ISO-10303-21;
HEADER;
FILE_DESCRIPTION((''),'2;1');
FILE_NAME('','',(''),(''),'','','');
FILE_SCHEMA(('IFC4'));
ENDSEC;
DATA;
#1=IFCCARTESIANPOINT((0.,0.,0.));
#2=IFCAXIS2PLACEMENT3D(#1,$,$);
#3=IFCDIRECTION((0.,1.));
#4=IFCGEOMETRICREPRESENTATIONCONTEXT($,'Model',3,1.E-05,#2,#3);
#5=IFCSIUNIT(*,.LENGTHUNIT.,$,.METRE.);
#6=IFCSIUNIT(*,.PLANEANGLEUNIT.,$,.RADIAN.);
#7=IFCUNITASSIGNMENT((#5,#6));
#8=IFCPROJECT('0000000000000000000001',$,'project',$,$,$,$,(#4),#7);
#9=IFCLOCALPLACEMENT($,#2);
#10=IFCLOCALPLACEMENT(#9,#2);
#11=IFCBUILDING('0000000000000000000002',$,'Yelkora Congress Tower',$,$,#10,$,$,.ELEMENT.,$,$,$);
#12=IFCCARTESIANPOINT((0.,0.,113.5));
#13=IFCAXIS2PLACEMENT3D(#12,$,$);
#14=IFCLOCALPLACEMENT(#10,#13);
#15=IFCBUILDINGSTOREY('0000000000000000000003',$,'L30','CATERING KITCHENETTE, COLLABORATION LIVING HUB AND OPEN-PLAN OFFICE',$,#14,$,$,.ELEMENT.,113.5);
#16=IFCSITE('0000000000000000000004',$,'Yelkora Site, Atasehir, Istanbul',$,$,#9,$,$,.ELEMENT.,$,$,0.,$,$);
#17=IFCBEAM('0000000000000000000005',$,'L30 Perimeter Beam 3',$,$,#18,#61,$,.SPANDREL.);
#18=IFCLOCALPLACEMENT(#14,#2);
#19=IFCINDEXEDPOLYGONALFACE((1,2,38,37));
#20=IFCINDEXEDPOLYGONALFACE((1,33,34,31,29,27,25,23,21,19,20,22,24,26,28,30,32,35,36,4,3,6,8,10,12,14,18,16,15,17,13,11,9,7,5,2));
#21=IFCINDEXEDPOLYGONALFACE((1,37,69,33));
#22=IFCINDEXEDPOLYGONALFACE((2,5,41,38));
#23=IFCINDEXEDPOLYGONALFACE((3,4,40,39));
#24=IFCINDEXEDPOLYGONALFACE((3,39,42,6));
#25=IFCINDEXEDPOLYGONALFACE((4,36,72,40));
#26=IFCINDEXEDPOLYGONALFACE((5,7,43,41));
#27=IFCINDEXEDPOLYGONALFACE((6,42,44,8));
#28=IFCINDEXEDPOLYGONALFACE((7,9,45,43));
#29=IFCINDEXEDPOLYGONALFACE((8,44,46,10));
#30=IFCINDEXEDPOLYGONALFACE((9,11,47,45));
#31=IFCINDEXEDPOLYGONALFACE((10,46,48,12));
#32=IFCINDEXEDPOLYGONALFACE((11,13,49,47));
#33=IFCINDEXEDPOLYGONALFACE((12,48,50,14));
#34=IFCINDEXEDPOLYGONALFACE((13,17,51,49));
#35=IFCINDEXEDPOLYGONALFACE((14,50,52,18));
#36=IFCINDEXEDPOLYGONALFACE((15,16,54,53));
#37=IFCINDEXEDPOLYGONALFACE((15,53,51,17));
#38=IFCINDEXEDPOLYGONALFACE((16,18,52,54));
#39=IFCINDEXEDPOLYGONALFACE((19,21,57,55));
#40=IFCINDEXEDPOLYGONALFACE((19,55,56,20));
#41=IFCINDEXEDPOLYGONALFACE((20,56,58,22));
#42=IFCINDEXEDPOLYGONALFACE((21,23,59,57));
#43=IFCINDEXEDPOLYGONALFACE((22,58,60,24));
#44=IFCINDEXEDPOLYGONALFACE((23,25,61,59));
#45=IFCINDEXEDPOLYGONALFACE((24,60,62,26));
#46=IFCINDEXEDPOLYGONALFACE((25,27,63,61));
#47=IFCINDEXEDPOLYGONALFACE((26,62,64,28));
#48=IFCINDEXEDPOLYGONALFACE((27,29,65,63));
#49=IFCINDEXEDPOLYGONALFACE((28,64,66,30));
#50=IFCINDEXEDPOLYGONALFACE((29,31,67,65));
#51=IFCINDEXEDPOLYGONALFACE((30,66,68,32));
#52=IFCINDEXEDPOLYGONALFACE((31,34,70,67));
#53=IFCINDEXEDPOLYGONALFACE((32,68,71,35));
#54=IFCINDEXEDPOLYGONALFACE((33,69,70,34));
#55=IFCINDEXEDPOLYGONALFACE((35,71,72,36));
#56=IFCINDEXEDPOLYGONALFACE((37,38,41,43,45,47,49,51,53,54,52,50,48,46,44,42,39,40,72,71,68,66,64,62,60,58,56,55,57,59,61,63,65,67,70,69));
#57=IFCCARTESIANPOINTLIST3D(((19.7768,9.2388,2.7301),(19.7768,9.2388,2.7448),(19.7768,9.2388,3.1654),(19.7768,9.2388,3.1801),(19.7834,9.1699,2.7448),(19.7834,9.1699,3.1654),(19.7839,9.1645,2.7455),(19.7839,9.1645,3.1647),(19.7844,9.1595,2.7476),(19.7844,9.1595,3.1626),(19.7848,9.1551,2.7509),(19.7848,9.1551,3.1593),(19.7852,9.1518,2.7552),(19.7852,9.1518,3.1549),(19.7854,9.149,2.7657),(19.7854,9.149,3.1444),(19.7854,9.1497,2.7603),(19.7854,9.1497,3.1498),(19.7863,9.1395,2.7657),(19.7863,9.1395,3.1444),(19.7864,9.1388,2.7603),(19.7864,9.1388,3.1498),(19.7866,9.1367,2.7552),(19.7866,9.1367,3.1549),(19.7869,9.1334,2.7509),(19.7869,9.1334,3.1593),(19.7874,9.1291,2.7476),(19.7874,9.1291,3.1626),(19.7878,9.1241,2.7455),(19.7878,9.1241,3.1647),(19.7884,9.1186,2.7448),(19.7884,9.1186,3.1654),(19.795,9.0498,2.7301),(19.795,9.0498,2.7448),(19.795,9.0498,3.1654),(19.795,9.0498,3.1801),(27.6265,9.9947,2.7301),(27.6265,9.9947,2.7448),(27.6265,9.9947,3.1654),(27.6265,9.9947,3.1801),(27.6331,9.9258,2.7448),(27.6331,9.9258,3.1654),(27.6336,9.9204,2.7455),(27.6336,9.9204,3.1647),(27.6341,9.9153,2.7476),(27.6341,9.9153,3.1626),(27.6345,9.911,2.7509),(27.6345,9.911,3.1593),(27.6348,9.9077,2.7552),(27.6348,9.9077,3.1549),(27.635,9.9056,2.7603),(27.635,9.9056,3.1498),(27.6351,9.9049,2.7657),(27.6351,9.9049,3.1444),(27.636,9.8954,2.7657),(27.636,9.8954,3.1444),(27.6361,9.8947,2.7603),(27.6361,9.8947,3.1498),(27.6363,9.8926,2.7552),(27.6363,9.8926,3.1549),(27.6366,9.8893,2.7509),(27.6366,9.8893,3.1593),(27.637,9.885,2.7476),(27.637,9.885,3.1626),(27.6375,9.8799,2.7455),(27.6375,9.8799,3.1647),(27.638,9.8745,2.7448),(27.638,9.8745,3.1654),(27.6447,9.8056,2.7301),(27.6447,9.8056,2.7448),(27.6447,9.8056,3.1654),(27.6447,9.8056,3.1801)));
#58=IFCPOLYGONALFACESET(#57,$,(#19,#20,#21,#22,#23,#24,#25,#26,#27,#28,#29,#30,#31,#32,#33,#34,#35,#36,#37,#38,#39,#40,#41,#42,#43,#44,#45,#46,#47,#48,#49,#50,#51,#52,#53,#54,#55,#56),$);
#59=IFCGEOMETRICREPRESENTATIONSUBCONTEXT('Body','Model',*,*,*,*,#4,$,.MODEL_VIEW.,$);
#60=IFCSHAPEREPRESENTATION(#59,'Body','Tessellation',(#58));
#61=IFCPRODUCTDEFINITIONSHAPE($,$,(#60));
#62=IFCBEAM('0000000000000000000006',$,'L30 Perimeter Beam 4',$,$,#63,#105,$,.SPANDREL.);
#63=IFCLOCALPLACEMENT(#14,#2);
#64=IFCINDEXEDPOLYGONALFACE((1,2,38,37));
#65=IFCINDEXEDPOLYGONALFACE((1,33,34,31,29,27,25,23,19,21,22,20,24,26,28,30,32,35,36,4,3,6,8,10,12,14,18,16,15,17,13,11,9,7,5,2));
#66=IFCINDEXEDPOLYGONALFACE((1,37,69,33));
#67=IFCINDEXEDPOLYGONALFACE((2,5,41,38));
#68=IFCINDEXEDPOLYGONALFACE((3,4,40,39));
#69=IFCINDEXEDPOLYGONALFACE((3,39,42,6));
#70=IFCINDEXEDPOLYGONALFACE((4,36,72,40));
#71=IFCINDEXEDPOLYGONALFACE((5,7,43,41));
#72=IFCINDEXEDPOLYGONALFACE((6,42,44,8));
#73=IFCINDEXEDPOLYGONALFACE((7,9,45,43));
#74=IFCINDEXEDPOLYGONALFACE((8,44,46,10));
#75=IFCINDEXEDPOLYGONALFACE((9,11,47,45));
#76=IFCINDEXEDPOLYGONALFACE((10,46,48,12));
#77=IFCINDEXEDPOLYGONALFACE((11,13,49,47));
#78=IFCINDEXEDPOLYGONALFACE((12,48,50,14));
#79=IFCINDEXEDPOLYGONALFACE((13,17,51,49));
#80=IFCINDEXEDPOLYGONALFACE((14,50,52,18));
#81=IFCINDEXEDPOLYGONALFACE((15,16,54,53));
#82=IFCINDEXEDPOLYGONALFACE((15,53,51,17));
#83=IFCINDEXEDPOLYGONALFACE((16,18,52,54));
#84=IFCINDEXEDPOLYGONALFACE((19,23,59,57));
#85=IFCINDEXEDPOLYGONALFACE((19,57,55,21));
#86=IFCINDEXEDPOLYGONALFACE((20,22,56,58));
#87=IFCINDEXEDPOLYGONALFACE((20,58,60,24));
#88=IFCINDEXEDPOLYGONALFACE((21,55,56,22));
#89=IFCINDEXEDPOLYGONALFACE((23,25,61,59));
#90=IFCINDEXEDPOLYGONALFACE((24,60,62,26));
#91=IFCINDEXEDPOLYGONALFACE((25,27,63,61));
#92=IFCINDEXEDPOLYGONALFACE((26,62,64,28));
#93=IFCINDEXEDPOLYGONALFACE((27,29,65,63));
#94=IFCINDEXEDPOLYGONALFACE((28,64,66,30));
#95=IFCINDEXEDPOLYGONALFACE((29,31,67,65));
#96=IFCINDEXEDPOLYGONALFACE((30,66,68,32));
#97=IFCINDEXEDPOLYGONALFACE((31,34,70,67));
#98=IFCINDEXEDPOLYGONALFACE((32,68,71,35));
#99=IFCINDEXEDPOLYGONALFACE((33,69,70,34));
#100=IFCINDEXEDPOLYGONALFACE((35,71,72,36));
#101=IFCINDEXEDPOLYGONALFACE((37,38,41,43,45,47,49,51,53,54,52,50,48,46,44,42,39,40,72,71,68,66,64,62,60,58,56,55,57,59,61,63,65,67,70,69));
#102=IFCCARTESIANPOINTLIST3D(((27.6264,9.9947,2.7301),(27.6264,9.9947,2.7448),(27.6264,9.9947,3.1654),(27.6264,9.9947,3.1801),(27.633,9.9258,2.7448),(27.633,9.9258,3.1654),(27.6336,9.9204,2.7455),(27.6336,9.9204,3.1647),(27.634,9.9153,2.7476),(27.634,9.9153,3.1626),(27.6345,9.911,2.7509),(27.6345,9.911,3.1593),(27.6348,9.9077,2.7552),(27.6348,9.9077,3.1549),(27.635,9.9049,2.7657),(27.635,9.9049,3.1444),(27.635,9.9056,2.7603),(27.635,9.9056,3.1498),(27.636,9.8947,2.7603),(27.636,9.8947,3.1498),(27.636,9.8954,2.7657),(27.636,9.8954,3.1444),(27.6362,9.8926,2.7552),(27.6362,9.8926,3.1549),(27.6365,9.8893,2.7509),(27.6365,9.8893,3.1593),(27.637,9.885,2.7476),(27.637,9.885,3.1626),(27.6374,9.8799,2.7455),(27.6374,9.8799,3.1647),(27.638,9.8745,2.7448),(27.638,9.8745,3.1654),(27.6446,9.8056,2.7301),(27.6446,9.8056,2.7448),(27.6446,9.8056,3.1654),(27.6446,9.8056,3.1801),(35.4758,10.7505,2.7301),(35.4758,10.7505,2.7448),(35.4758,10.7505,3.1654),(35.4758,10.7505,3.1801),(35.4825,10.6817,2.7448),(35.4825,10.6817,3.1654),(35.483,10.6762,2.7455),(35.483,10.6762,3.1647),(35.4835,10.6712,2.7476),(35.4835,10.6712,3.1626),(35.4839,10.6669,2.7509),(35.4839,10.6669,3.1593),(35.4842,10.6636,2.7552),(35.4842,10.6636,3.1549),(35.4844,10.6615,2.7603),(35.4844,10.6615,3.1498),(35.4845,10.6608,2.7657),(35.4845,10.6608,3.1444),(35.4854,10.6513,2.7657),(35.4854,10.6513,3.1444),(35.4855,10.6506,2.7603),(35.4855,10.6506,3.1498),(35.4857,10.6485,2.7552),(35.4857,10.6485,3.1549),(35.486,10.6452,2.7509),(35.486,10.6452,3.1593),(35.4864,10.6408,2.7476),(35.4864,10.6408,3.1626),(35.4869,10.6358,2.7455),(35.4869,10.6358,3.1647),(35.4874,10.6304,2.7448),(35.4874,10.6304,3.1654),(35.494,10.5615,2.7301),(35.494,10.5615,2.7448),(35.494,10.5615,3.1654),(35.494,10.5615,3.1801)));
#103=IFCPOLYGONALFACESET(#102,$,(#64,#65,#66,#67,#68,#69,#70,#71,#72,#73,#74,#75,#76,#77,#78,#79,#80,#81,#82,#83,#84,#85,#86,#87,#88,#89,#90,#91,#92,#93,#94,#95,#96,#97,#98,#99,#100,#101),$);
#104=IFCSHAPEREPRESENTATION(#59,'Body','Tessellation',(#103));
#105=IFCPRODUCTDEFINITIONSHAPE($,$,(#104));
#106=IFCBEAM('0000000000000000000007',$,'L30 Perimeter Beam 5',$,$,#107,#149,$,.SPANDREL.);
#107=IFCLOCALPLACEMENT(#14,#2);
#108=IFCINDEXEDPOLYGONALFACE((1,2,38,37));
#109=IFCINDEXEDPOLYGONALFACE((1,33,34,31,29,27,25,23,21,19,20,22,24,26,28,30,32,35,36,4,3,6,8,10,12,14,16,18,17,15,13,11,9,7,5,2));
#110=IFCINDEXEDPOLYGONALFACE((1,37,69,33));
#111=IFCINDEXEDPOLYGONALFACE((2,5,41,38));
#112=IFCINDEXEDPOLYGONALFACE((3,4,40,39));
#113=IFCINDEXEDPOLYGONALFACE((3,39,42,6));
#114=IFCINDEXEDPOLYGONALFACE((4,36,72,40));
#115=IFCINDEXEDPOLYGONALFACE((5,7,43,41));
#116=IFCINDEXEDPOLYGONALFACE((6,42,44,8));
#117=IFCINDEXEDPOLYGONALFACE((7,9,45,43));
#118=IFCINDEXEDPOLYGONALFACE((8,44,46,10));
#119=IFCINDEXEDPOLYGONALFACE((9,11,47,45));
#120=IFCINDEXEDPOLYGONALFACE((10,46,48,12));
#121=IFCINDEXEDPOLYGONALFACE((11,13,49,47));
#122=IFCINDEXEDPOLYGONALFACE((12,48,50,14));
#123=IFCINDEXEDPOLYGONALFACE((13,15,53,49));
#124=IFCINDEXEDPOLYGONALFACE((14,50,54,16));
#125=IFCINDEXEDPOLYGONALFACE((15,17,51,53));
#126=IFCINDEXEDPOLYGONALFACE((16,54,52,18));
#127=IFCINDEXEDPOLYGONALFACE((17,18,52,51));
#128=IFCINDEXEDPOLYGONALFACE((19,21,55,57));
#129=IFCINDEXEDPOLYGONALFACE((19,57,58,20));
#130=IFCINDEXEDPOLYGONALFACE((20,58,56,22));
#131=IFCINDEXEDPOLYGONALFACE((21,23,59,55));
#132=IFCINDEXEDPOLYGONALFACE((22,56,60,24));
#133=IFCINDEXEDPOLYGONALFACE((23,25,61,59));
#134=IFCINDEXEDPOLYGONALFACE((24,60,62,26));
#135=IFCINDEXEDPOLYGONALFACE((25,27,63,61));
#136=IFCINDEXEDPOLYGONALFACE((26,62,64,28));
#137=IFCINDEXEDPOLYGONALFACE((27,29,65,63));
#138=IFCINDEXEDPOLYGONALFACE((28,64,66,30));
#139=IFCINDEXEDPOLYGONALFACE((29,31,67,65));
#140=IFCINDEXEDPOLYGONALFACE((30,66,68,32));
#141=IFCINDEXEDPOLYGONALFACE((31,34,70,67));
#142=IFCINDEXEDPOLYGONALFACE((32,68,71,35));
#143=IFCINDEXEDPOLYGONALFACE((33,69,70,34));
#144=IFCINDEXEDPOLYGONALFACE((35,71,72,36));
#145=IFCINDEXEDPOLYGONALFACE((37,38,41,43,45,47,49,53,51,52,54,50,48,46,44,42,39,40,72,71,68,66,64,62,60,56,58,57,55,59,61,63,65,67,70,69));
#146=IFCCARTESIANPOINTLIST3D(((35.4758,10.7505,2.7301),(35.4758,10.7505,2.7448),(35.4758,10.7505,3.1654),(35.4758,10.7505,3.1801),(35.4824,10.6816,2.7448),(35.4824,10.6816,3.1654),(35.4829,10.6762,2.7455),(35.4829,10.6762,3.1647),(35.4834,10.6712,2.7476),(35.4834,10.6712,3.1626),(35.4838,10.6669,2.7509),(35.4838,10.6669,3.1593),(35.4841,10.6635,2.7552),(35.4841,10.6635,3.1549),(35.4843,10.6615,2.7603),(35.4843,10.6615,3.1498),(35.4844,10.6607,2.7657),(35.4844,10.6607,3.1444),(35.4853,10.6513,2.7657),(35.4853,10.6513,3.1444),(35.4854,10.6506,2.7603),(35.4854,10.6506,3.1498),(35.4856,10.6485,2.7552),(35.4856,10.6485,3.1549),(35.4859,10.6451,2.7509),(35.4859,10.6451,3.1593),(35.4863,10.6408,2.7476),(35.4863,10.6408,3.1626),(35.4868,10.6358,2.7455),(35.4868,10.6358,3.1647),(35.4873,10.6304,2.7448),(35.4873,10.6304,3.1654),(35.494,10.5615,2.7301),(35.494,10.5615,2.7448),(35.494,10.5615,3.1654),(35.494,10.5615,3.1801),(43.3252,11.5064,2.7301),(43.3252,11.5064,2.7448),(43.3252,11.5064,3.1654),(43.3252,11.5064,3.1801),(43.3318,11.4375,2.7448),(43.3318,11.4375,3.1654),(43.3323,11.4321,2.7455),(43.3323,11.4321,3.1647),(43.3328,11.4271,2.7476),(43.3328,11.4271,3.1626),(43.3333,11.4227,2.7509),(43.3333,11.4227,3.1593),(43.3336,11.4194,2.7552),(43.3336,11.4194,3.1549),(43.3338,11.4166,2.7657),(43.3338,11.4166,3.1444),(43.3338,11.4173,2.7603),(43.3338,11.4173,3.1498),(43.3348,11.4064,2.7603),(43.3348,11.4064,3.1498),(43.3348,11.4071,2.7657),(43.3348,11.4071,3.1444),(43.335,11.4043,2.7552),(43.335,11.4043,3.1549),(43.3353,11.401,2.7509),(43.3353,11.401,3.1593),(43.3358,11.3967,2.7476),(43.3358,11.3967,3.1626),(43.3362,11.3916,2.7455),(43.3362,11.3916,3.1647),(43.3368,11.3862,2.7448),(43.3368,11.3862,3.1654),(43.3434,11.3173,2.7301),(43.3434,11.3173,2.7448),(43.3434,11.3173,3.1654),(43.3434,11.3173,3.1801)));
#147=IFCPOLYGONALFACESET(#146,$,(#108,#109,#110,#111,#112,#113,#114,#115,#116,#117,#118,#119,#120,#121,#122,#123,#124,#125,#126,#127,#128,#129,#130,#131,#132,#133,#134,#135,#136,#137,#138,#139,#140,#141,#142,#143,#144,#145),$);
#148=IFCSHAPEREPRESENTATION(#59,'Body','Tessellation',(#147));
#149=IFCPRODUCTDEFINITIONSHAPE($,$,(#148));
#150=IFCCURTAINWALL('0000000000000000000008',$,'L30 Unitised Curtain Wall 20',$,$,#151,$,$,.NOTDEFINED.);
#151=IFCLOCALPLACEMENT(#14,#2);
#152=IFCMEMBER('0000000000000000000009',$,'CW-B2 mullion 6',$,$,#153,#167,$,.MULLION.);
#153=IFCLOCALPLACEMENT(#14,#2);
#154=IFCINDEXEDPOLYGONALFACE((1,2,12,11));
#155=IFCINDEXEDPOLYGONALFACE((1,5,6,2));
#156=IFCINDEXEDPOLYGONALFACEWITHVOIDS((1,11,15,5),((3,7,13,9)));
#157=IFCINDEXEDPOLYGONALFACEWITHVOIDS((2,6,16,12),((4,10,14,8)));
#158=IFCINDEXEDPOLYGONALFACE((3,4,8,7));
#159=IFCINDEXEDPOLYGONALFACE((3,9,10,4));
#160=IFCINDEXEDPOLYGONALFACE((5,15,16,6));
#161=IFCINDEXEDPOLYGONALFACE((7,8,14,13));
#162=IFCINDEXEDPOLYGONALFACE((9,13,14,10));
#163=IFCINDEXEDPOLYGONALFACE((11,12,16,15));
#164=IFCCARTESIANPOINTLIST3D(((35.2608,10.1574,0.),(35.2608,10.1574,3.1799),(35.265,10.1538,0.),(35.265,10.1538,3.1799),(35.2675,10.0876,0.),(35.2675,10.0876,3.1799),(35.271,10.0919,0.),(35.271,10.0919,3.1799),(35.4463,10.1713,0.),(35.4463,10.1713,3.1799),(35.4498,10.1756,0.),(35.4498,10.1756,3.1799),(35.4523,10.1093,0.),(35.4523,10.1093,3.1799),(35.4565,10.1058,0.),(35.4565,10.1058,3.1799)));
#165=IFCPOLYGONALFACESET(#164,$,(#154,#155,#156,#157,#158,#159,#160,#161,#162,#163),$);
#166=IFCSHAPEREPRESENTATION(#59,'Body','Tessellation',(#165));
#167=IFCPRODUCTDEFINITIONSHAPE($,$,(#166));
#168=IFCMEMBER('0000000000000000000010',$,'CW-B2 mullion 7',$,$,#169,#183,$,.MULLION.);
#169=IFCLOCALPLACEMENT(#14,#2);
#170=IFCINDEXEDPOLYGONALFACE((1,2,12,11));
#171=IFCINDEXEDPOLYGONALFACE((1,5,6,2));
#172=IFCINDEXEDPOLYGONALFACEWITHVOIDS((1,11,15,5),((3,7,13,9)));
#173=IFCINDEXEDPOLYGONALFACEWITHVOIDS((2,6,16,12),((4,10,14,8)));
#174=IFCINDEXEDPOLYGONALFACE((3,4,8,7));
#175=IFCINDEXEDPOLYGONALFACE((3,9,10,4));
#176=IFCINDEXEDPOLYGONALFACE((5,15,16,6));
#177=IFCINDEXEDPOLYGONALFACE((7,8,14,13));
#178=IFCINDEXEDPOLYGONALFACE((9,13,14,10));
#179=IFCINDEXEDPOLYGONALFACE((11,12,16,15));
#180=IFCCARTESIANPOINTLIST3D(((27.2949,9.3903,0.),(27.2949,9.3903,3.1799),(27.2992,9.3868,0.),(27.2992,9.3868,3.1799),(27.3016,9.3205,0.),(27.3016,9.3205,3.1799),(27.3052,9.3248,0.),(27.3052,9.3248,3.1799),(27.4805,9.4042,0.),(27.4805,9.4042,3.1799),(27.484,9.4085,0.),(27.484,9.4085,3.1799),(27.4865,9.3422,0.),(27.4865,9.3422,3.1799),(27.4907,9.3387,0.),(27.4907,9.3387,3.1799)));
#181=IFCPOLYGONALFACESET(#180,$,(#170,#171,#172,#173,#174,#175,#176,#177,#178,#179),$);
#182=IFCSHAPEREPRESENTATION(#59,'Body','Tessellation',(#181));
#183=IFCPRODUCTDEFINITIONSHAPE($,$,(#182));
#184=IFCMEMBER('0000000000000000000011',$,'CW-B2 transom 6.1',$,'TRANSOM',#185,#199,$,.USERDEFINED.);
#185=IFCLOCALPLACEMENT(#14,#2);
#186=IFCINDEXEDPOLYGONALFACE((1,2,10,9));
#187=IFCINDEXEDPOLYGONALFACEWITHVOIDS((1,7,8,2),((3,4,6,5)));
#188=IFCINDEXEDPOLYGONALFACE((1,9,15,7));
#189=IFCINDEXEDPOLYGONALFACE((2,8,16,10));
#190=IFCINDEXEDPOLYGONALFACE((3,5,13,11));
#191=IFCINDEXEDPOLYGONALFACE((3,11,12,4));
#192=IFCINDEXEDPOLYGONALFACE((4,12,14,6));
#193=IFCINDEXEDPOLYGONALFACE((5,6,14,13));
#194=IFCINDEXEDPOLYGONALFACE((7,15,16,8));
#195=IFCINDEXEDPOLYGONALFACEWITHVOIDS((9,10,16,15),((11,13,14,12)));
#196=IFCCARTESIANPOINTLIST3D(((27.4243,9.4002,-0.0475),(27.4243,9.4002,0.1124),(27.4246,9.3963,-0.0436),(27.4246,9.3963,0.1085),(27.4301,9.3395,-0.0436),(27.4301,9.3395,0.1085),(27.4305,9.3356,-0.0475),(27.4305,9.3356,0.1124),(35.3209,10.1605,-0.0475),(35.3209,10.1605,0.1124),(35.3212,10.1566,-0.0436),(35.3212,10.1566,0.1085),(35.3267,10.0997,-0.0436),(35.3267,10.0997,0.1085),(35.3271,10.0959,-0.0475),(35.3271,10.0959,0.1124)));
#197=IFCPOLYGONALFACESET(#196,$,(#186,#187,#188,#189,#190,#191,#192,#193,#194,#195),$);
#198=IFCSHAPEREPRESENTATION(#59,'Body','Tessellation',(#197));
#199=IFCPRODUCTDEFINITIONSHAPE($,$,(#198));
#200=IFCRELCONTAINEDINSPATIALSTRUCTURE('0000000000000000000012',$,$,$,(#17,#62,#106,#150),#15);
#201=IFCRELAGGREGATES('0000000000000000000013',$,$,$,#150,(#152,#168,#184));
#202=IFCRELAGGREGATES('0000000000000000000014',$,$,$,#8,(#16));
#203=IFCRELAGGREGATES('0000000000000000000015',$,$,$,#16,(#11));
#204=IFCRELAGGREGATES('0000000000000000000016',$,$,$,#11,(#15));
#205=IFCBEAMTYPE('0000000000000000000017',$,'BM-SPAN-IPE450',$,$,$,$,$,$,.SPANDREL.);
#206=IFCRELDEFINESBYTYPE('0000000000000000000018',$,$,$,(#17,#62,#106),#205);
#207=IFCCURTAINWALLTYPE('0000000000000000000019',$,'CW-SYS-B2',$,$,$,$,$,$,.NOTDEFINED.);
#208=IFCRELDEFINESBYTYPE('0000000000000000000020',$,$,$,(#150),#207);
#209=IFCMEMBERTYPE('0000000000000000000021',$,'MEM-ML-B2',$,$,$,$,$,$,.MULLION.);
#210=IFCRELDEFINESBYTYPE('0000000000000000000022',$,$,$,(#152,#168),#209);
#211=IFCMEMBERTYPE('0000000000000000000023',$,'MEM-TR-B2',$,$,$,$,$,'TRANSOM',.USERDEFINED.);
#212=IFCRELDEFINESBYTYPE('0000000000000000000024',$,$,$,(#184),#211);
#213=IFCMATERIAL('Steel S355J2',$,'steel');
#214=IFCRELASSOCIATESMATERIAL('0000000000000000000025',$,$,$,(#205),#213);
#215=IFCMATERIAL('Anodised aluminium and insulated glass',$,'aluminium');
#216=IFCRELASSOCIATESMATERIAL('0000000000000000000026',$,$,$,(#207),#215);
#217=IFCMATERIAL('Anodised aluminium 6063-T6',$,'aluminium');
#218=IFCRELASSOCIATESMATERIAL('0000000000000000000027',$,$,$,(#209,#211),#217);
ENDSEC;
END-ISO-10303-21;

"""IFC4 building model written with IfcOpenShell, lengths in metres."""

from ifc_helpers import new_model, si_unit, direction, frame, origin, origin_2d, place, context, subcontext, project, spatial, hollow_rectangle, i_section, extrude, material, material_profile, profile_set, type_object, element, aggregate, save


model = new_model("IFC4")

# Units and contexts
model_context = context("Model", 3, precision=1e-05, world=origin(), true_north=direction((0.0, 1.0)))
body_context = subcontext(model_context, "Body", "Model", "MODEL_VIEW")
ifc_project = project(units=[si_unit("LENGTHUNIT", "METRE"), si_unit("PLANEANGLEUNIT", "RADIAN")], contexts=[model_context])

# Site, building, storey
site_placement = place(None, origin())
site = spatial("IfcSite", under=ifc_project, at=site_placement, Name="Yelkora Site, Atasehir, Istanbul", CompositionType="ELEMENT", RefElevation=0.0)
building_placement = place(site_placement, origin())
building = spatial("IfcBuilding", under=site, at=building_placement, Name="Yelkora Congress Tower", CompositionType="ELEMENT")
storey_placement = place(building_placement, frame((0.0, 0.0, 113.5)))
storey = spatial("IfcBuildingStorey", under=building, at=storey_placement, Name="L30", Description="CATERING KITCHENETTE, COLLABORATION LIVING HUB AND OPEN-PLAN OFFICE", CompositionType="ELEMENT", Elevation=113.5)

# Beams
ifc_material_1 = material(Name="Steel S355J2", Category="steel")
ifc_material_profile_1 = material_profile(ifc_material_1, i_section(OverallWidth=0.1899, OverallDepth=0.45, WebThickness=0.0095, FlangeThickness=0.0146, FilletRadius=0.021, at=origin_2d()), Name="IPE 450")
ifc_profile_set_1 = profile_set([ifc_material_profile_1], Name="Steel S355J2")
beam_type_1 = type_object("IfcBeamType", Name="BM-SPAN-IPE450", PredefinedType="SPANDREL", material=ifc_profile_set_1)
beam_1_placement = place(storey_placement, frame((19.7859, 9.1443, 2.9551), z_axis=(0.995396, 0.095849, 0.0), x_axis=(-0.095849, 0.995396, 0.0)))
element("IfcBeam", 1, at=beam_1_placement, inside=storey, type_object=beam_type_1, Name="L30 Perimeter Beam 3", PredefinedType="SPANDREL", context=body_context, shape_type="SweptSolid", body=[
    extrude(i_section(OverallWidth=0.1899, OverallDepth=0.45, WebThickness=0.0095, FlangeThickness=0.0146, FilletRadius=0.021, at=origin_2d()), origin(), (0.0, 0.0, 1.0), 7.886),
])
for number, where, z_axis, x_axis, name in (
    (2, (27.6355, 9.9001, 2.9551), (0.995396, 0.095852, 0.0), (-0.095852, 0.995396, 0.0), "L30 Perimeter Beam 4"),
    (3, (35.4849, 10.656, 2.9551), (0.995396, 0.095852, 0.0), (-0.095852, 0.995396, 0.0), "L30 Perimeter Beam 5"),
):
    element("IfcBeam", number, at=place(storey_placement, frame(where, z_axis=z_axis, x_axis=x_axis)), inside=storey, type_object=beam_type_1, Name=name, PredefinedType="SPANDREL", context=body_context, shape_type="SweptSolid", body=[
        extrude(i_section(OverallWidth=0.1899, OverallDepth=0.45, WebThickness=0.0095, FlangeThickness=0.0146, FilletRadius=0.021, at=origin_2d()), origin(), (0.0, 0.0, 1.0), 7.8857),
    ])

# Curtain wall, members
ifc_material_2 = material(Name="Anodised aluminium and insulated glass", Category="aluminium")
curtain_wall_type = type_object("IfcCurtainWallType", Name="CW-SYS-B2", PredefinedType="NOTDEFINED", material=ifc_material_2)
curtain_wall_placement = place(storey_placement, origin())
curtain_wall = element("IfcCurtainWall", 4, at=curtain_wall_placement, inside=storey, type_object=curtain_wall_type, Name="L30 Unitised Curtain Wall 20", PredefinedType="NOTDEFINED")
ifc_material_3 = material(Name="Anodised aluminium 6063-T6", Category="aluminium")
ifc_material_profile_2 = material_profile(ifc_material_3, hollow_rectangle(XDim=0.0701, YDim=0.1899, WallThickness=0.0039, at=origin_2d()), Name="ALU 70x190x4")
ifc_profile_set_2 = profile_set([ifc_material_profile_2], Name="Anodised aluminium 6063-T6")
member_type_1 = type_object("IfcMemberType", Name="MEM-ML-B2", PredefinedType="MULLION", material=ifc_profile_set_2)
member_1_placement = place(storey_placement, frame((35.3586, 10.1316, 0.0), z_axis=(0.0, 0.0, 1.0), x_axis=(0.095844, -0.995396, 0.0)))
member_1 = element("IfcMember", 5, at=member_1_placement, type_object=member_type_1, Name="CW-B2 mullion 6", PredefinedType="MULLION", context=body_context, shape_type="SweptSolid", body=[
    extrude(hollow_rectangle(XDim=0.0701, YDim=0.1899, WallThickness=0.0039, at=origin_2d()), origin(), (0.0, 0.0, 1.0), 3.1799),
])
member_2_placement = place(storey_placement, frame((27.3928, 9.3645, 0.0), z_axis=(0.0, 0.0, 1.0), x_axis=(0.095844, -0.995396, 0.0)))
member_2 = element("IfcMember", 6, at=member_2_placement, type_object=member_type_1, Name="CW-B2 mullion 7", PredefinedType="MULLION", context=body_context, shape_type="SweptSolid", body=[
    extrude(hollow_rectangle(XDim=0.0701, YDim=0.1899, WallThickness=0.0039, at=origin_2d()), origin(), (0.0, 0.0, 1.0), 3.1799),
])
ifc_material_profile_3 = material_profile(ifc_material_3, hollow_rectangle(XDim=0.0649, YDim=0.1599, WallThickness=0.0039, at=origin_2d()), Name="ALU 65x160x4")
ifc_profile_set_3 = profile_set([ifc_material_profile_3], Name="Anodised aluminium 6063-T6")
member_type_2 = type_object("IfcMemberType", Name="MEM-TR-B2", ElementType="TRANSOM", PredefinedType="USERDEFINED", material=ifc_profile_set_3)
member_3_placement = place(storey_placement, frame((35.324, 10.1282, 0.0325), z_axis=(-0.995397, -0.095834, 0.0), x_axis=(0.095834, -0.995397, 0.0)))
member_3 = element("IfcMember", 7, at=member_3_placement, type_object=member_type_2, Name="CW-B2 transom 6.1", ObjectType="TRANSOM", PredefinedType="USERDEFINED", context=body_context, shape_type="SweptSolid", body=[
    extrude(hollow_rectangle(XDim=0.0649, YDim=0.1599, WallThickness=0.0039, at=origin_2d()), origin(), (0.0, 0.0, 1.0), 7.9331),
])
aggregate(curtain_wall, [member_1, member_2, member_3])

save(model, "model.ifc")
